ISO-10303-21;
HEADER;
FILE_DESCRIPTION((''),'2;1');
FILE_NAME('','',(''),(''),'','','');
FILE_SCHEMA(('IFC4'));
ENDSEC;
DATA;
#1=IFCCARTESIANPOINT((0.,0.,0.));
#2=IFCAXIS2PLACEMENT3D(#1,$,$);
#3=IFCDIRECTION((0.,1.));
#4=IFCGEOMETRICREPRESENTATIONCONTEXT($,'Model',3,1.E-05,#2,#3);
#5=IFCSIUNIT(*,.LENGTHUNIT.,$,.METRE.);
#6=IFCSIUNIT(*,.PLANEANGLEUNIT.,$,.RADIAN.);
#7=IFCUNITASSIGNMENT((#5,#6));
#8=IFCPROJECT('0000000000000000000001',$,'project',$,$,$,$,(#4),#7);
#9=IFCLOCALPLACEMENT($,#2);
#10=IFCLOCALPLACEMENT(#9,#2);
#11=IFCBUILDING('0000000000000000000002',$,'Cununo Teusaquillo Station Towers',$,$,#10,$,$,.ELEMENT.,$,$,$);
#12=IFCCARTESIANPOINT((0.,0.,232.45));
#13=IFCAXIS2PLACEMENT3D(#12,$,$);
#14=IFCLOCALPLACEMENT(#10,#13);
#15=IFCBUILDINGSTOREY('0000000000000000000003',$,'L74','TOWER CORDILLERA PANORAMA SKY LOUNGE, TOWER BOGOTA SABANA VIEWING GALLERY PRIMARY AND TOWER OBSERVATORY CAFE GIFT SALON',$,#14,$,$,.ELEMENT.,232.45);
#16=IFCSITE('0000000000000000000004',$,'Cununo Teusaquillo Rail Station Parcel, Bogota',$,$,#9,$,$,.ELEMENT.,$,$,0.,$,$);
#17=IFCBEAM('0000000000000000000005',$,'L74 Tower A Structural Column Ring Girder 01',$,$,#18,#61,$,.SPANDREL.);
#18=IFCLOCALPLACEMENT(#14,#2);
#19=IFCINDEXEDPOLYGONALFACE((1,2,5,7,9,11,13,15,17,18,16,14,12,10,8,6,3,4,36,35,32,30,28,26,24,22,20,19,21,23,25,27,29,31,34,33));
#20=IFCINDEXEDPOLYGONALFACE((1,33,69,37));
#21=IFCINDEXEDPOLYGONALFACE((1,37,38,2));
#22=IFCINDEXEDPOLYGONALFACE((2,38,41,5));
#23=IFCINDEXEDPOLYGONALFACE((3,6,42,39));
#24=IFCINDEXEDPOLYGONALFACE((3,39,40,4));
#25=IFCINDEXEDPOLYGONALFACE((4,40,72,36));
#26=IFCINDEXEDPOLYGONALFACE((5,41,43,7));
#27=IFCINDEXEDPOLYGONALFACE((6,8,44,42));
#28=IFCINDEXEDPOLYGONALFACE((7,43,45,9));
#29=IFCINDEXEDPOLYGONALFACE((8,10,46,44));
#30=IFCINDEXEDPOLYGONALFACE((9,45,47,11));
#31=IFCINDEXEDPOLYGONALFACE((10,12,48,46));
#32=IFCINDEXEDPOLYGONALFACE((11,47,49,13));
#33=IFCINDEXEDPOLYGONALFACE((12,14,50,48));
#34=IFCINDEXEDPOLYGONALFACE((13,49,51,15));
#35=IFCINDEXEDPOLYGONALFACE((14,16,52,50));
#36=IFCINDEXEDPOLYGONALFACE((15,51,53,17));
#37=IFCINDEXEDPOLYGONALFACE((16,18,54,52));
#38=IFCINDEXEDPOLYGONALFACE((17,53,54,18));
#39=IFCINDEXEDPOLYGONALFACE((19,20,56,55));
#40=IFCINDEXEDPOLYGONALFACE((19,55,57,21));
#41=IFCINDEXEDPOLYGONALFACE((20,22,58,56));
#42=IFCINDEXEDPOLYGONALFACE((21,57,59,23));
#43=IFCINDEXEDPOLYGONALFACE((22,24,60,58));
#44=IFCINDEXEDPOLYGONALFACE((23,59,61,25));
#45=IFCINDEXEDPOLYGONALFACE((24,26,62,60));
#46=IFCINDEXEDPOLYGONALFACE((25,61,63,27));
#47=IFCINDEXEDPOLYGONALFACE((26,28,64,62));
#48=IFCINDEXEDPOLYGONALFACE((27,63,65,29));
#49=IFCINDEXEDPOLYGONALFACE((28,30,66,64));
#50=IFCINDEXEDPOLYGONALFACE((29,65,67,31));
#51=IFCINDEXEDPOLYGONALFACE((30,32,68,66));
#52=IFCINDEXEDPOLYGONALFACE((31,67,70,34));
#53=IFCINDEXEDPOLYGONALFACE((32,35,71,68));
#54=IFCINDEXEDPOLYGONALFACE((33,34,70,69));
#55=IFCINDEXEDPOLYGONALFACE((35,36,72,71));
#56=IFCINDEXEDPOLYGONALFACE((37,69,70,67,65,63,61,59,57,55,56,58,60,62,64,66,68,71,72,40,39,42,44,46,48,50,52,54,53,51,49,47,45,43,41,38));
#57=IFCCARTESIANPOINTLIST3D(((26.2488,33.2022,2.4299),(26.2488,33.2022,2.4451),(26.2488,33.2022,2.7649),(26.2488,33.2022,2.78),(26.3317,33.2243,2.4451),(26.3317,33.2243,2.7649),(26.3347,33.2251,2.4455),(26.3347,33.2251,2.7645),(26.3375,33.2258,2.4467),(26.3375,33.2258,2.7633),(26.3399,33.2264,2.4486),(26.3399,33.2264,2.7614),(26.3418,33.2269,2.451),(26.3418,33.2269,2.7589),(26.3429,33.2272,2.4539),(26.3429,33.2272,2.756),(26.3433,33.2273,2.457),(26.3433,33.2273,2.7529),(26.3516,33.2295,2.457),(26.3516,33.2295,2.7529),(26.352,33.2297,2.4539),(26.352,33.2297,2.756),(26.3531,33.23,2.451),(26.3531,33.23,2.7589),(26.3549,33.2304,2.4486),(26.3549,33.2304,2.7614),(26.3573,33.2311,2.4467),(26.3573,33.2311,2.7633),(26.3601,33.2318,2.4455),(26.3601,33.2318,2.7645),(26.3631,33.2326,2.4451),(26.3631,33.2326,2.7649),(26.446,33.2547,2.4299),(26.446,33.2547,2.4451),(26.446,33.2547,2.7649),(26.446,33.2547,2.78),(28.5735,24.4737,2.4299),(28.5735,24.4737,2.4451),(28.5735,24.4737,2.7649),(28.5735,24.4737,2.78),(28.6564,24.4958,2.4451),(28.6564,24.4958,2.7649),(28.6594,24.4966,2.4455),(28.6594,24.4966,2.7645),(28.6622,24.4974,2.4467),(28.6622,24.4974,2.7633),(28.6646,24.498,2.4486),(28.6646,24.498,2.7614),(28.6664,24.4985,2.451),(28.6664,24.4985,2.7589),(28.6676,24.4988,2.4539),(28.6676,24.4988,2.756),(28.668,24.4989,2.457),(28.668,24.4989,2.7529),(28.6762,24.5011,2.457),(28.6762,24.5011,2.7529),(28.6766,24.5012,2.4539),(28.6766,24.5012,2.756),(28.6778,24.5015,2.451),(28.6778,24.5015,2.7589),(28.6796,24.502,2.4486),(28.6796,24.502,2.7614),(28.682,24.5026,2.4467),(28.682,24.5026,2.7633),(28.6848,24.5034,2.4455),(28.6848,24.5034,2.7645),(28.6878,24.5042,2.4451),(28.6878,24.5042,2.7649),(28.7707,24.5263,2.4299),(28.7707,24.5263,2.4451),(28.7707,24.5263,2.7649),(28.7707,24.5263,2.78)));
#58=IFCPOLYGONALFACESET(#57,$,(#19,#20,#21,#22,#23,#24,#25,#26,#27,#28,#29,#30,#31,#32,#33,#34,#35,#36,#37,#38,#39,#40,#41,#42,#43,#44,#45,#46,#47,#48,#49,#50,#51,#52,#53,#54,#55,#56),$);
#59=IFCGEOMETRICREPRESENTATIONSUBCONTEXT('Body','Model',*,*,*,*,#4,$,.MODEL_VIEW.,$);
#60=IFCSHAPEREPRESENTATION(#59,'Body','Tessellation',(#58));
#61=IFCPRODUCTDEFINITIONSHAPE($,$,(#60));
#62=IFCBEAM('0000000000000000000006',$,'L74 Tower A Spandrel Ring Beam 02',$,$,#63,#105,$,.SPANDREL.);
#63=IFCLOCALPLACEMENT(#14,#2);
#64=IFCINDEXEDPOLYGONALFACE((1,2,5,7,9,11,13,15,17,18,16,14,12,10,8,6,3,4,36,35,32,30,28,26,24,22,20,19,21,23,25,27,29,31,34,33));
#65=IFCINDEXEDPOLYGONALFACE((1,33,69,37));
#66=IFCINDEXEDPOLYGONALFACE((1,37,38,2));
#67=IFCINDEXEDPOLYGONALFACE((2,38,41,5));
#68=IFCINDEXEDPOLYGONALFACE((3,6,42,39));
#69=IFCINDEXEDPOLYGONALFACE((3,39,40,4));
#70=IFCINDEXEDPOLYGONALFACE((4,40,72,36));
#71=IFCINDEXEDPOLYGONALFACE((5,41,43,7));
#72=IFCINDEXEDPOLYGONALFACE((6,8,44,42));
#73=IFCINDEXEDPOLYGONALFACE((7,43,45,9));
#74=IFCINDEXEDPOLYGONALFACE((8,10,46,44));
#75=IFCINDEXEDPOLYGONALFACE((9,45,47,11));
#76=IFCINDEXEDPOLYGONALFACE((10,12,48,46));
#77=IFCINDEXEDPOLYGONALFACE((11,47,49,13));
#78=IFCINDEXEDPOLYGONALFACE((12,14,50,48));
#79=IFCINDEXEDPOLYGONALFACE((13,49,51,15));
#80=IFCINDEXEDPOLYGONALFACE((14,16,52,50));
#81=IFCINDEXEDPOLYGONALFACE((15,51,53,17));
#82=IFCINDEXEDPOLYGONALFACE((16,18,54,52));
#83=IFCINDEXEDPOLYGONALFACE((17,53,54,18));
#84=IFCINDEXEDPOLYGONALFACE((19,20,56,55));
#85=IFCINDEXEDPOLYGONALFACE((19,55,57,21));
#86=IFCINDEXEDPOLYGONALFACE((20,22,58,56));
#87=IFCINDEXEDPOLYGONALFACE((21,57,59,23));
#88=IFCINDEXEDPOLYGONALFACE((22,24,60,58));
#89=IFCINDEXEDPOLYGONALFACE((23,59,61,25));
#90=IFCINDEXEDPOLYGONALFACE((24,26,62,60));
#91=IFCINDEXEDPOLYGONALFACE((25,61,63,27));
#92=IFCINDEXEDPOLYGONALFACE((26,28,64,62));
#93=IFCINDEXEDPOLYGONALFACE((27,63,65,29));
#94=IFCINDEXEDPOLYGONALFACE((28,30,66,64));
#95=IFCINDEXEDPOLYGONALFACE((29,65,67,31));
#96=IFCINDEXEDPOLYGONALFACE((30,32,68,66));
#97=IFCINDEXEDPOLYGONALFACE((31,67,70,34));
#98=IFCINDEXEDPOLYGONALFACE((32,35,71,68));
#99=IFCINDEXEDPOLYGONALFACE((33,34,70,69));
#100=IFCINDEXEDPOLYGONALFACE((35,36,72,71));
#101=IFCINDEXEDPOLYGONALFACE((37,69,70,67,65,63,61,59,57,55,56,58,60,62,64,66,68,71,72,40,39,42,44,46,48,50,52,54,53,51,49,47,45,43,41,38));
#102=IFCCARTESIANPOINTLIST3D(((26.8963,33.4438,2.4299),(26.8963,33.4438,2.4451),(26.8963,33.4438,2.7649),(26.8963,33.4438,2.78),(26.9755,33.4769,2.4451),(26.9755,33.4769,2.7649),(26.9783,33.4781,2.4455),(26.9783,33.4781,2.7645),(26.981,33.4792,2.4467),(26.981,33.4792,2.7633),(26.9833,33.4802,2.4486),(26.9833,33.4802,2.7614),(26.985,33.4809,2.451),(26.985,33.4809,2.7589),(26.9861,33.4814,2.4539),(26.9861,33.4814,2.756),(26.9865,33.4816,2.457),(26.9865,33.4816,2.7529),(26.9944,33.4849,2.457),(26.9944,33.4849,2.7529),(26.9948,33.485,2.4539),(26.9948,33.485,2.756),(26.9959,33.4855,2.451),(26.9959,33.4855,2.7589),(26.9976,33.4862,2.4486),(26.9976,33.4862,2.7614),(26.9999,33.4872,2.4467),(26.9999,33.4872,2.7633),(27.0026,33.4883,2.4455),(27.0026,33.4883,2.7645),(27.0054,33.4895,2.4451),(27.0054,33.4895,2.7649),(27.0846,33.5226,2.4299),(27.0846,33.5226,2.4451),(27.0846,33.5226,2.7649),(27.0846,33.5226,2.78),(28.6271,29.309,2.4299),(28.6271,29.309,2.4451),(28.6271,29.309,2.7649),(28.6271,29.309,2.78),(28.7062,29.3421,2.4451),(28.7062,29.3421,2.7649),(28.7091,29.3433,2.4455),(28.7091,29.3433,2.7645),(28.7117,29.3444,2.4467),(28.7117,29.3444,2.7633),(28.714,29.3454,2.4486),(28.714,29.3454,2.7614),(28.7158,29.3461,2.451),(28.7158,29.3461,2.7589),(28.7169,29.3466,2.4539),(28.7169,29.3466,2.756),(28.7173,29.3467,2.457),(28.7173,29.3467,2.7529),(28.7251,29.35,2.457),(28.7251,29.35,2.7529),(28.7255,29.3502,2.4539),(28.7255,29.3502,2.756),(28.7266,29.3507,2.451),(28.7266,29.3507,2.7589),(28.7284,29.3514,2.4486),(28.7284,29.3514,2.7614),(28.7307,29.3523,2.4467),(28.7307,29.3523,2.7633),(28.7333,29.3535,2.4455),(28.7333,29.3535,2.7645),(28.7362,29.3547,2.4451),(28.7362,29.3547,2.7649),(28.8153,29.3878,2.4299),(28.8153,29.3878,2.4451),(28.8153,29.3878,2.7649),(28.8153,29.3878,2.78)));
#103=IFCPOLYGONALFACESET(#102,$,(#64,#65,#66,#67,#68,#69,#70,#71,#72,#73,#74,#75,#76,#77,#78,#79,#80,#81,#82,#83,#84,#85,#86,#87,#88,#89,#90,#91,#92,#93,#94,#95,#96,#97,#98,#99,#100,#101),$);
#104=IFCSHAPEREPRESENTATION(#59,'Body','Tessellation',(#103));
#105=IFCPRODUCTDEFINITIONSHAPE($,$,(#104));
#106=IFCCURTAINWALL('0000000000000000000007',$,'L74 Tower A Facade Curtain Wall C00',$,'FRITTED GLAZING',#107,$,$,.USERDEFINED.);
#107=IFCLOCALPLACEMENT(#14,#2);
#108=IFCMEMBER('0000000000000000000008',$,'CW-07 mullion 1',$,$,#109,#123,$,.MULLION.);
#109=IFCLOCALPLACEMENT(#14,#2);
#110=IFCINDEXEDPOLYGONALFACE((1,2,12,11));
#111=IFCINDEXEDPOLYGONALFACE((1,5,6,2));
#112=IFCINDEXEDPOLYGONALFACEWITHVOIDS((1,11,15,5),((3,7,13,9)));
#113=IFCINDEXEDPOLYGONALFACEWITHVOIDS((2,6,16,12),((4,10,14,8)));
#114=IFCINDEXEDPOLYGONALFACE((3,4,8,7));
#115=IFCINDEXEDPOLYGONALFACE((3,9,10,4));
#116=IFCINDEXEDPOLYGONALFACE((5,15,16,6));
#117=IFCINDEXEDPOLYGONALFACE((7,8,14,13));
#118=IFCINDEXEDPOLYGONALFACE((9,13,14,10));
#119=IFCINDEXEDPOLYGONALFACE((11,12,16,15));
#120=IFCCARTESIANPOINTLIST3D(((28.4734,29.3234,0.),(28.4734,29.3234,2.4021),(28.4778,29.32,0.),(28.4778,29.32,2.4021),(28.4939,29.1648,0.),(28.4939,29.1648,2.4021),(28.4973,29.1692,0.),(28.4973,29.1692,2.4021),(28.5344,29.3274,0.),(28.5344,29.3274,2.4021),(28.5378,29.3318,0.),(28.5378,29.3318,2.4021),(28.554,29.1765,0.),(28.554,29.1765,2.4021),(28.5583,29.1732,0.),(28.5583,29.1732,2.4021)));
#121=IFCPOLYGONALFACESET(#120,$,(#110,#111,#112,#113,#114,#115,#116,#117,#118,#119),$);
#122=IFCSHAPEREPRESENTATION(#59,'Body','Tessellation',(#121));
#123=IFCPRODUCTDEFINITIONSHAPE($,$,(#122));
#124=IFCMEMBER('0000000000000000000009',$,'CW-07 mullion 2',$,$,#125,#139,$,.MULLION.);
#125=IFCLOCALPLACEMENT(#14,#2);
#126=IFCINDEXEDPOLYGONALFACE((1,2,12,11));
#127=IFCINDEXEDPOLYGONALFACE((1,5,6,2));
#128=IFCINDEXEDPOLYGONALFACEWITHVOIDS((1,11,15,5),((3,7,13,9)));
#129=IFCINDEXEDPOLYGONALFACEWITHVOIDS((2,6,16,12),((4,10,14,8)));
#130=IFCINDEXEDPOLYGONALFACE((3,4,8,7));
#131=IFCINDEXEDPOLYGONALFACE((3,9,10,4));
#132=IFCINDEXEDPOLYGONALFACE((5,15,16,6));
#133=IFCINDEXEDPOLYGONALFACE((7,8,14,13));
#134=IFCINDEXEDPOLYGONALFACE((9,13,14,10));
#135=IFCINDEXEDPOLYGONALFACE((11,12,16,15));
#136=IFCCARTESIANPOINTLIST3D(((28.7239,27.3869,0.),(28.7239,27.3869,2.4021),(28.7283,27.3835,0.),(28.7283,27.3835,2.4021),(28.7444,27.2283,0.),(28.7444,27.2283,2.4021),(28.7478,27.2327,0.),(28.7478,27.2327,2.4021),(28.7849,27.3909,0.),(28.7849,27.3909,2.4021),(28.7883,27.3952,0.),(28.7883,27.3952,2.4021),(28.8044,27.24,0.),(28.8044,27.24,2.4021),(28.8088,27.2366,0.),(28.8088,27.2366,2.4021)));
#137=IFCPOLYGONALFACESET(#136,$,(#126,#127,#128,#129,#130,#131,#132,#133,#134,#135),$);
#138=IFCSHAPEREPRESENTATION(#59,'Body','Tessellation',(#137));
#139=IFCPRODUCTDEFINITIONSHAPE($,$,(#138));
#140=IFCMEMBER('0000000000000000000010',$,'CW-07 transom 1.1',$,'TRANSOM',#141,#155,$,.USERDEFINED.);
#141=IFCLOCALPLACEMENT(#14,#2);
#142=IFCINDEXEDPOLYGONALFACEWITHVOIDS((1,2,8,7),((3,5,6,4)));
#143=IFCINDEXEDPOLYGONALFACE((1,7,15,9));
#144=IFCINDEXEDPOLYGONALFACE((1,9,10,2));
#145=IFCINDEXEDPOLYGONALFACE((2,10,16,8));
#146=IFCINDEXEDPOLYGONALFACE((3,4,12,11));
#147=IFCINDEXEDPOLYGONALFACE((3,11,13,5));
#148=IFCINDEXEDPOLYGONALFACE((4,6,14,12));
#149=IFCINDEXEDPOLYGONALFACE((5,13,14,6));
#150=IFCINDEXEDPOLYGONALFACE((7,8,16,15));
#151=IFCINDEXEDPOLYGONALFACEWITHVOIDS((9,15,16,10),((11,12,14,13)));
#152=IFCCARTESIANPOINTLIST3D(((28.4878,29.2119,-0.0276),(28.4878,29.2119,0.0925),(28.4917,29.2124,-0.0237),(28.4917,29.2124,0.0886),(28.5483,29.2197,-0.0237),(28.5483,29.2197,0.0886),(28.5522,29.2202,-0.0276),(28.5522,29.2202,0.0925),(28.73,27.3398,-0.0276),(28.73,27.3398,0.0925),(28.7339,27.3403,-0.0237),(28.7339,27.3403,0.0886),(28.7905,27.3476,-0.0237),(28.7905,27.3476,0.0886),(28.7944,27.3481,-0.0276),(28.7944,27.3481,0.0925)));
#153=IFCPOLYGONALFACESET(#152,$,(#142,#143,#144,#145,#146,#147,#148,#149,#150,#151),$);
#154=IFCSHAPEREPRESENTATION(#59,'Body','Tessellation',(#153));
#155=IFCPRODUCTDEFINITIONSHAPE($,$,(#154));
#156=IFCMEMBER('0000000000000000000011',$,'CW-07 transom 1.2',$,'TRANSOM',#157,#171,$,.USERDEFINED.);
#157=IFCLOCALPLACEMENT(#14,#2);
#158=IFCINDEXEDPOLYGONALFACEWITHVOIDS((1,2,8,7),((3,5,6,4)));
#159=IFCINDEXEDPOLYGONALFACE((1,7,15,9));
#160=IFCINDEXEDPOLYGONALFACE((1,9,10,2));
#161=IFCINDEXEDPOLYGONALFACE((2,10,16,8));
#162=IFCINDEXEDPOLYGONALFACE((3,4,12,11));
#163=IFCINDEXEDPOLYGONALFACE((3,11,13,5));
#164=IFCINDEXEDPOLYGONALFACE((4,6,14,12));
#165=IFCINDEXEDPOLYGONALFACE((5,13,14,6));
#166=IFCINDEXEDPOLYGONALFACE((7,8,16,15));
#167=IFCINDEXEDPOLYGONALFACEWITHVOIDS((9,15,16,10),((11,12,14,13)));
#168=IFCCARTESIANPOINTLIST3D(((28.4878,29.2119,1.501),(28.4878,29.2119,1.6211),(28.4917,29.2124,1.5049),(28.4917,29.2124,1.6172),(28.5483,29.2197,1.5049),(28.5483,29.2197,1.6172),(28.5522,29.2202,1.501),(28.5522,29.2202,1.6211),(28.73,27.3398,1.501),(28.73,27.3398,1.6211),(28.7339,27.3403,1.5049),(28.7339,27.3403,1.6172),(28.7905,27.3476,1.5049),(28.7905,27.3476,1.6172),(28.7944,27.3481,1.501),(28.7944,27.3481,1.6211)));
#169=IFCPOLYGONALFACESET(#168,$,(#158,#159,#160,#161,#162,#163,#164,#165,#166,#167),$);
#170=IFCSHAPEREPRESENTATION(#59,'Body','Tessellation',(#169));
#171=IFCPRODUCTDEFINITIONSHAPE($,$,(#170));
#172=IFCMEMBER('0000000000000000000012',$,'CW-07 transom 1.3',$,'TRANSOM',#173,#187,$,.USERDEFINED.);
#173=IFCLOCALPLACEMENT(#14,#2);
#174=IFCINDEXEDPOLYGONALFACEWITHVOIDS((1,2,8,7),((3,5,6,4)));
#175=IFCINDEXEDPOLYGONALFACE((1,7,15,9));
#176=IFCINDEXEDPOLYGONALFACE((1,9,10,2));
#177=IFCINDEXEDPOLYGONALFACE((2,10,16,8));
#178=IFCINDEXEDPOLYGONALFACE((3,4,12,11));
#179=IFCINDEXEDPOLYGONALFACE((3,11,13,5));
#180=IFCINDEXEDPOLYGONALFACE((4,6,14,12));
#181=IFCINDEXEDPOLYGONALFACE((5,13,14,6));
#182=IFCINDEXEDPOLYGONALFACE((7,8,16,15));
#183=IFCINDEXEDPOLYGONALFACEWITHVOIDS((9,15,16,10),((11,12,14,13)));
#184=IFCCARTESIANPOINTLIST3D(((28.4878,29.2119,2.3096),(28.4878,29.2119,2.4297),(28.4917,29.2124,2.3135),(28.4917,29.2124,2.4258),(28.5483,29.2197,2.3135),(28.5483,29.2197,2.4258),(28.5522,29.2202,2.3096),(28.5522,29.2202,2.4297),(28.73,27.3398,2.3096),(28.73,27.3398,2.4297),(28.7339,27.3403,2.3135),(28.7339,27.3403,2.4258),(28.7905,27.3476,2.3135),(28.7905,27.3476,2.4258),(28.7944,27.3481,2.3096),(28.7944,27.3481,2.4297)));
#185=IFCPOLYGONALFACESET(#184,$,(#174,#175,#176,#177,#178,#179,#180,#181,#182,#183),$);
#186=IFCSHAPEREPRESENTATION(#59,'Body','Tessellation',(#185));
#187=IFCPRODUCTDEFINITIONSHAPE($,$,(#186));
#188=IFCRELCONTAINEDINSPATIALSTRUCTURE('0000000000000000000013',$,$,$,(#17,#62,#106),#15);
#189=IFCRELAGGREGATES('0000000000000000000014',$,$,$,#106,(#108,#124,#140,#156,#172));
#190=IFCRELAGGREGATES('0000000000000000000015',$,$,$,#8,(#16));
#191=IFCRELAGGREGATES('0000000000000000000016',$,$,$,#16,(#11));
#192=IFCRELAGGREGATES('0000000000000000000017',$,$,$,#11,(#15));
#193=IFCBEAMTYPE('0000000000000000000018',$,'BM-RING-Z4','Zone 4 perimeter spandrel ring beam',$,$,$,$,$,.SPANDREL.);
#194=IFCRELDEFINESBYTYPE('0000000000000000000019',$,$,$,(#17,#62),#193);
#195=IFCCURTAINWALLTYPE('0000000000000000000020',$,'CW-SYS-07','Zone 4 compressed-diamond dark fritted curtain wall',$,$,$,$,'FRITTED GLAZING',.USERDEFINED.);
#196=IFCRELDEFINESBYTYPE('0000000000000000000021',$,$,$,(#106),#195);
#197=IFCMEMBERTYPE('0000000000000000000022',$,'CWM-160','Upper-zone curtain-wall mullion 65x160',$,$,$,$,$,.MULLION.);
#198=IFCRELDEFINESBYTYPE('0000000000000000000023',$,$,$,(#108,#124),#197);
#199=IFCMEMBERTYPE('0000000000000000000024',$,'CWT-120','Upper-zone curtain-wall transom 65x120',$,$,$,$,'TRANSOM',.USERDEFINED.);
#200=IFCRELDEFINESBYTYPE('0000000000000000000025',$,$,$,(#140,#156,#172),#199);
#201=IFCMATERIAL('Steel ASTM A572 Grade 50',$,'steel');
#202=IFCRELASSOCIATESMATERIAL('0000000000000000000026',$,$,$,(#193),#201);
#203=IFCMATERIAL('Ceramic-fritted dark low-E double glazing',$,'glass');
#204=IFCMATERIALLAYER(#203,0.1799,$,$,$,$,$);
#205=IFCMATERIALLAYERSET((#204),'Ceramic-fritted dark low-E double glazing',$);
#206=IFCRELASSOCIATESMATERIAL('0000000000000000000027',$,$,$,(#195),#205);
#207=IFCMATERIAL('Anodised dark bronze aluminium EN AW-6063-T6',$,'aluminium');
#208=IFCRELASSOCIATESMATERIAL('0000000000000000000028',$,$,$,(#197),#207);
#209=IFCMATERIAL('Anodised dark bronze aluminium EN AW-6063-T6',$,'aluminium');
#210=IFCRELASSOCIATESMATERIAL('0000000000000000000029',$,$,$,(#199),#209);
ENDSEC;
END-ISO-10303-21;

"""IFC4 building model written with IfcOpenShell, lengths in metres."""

from ifc_helpers import new_model, si_unit, direction, frame, origin, origin_2d, place, context, subcontext, project, spatial, hollow_rectangle, i_section, extrude, material, layer, layer_set, material_profile, profile_set, type_object, element, aggregate, save


model = new_model("IFC4")

# Units and contexts
model_context = context("Model", 3, precision=1e-05, world=origin(), true_north=direction((0.0, 1.0)))
body_context = subcontext(model_context, "Body", "Model", "MODEL_VIEW")
ifc_project = project(units=[si_unit("LENGTHUNIT", "METRE"), si_unit("PLANEANGLEUNIT", "RADIAN")], contexts=[model_context])

# Site, building, storey
site_placement = place(None, origin())
site = spatial("IfcSite", under=ifc_project, at=site_placement, Name="Cununo Teusaquillo Rail Station Parcel, Bogota", CompositionType="ELEMENT", RefElevation=0.0)
building_placement = place(site_placement, origin())
building = spatial("IfcBuilding", under=site, at=building_placement, Name="Cununo Teusaquillo Station Towers", CompositionType="ELEMENT")
storey_placement = place(building_placement, frame((0.0, 0.0, 232.45)))
storey = spatial("IfcBuildingStorey", under=building, at=storey_placement, Name="L74", Description="TOWER CORDILLERA PANORAMA SKY LOUNGE, TOWER BOGOTA SABANA VIEWING GALLERY PRIMARY AND TOWER OBSERVATORY CAFE GIFT SALON", CompositionType="ELEMENT", Elevation=232.45)

# Beams
ifc_material_1 = material(Name="Steel ASTM A572 Grade 50", Category="steel")
ifc_material_profile_1 = material_profile(ifc_material_1, i_section(OverallWidth=0.2041, OverallDepth=0.3501, WebThickness=0.0085, FlangeThickness=0.0151, FilletRadius=0.012, at=origin_2d()), Name="W14X48")
ifc_profile_set_1 = profile_set([ifc_material_profile_1], Name="Steel ASTM A572 Grade 50")
beam_type_1 = type_object("IfcBeamType", Name="BM-RING-Z4", Description="Zone 4 perimeter spandrel ring beam", PredefinedType="SPANDREL", material=ifc_profile_set_1)
beam_1_placement = place(storey_placement, frame((28.6721, 24.5, 2.605), z_axis=(-0.257363, 0.966315, 0.0), x_axis=(-0.966315, -0.257363, 0.0)))
element("IfcBeam", 1, at=beam_1_placement, inside=storey, type_object=beam_type_1, Name="L74 Tower A Structural Column Ring Girder 01", PredefinedType="SPANDREL", context=body_context, shape_type="SweptSolid", body=[
    extrude(i_section(OverallWidth=0.2041, OverallDepth=0.3501, WebThickness=0.0085, FlangeThickness=0.0151, FilletRadius=0.012, at=origin_2d()), origin(), (0.0, 0.0, 1.0), 9.0327),
])
beam_2_placement = place(storey_placement, frame((28.7212, 29.3484, 2.605), z_axis=(-0.386115, 0.92245, 0.0), x_axis=(-0.92245, -0.386115, 0.0)))
element("IfcBeam", 2, at=beam_2_placement, inside=storey, type_object=beam_type_1, Name="L74 Tower A Spandrel Ring Beam 02", PredefinedType="SPANDREL", context=body_context, shape_type="SweptSolid", body=[
    extrude(i_section(OverallWidth=0.2041, OverallDepth=0.3501, WebThickness=0.0085, FlangeThickness=0.0151, FilletRadius=0.012, at=origin_2d()), origin(), (0.0, 0.0, 1.0), 4.4824),
])

# Curtain wall, members
ifc_material_2 = material(Name="Ceramic-fritted dark low-E double glazing", Category="glass")
ifc_layer_1 = layer(ifc_material_2, 0.1799)
ifc_layer_set_1 = layer_set([ifc_layer_1], Name="Ceramic-fritted dark low-E double glazing")
curtain_wall_type = type_object("IfcCurtainWallType", Name="CW-SYS-07", Description="Zone 4 compressed-diamond dark fritted curtain wall", ElementType="FRITTED GLAZING", PredefinedType="USERDEFINED", material=ifc_layer_set_1)
curtain_wall_placement = place(storey_placement, origin())
curtain_wall = element("IfcCurtainWall", 3, at=curtain_wall_placement, inside=storey, type_object=curtain_wall_type, Name="L74 Tower A Facade Curtain Wall C00", ObjectType="FRITTED GLAZING", PredefinedType="USERDEFINED")
ifc_material_3 = material(Name="Anodised dark bronze aluminium EN AW-6063-T6", Category="aluminium")
ifc_material_profile_2 = material_profile(ifc_material_3, hollow_rectangle(XDim=0.0649, YDim=0.1599, WallThickness=0.0039, at=origin_2d()), Name="CW-MULL-65x160")
ifc_profile_set_2 = profile_set([ifc_material_profile_2], Name="Anodised dark bronze aluminium EN AW-6063-T6")
member_type_1 = type_object("IfcMemberType", Name="CWM-160", Description="Upper-zone curtain-wall mullion 65x160", PredefinedType="MULLION", material=ifc_profile_set_2)
member_1_placement = place(storey_placement, frame((28.5159, 29.2483, 0.0), z_axis=(0.0, 0.0, 1.0), x_axis=(0.991742, 0.128253, 0.0)))
member_1 = element("IfcMember", 4, at=member_1_placement, type_object=member_type_1, Name="CW-07 mullion 1", PredefinedType="MULLION", context=body_context, shape_type="SweptSolid", body=[
    extrude(hollow_rectangle(XDim=0.0649, YDim=0.1599, WallThickness=0.0039, at=origin_2d()), origin(), (0.0, 0.0, 1.0), 2.4021),
])
member_2_placement = place(storey_placement, frame((28.7664, 27.3118, 0.0), z_axis=(0.0, 0.0, 1.0), x_axis=(0.991742, 0.128253, 0.0)))
member_2 = element("IfcMember", 5, at=member_2_placement, type_object=member_type_1, Name="CW-07 mullion 2", PredefinedType="MULLION", context=body_context, shape_type="SweptSolid", body=[
    extrude(hollow_rectangle(XDim=0.0649, YDim=0.1599, WallThickness=0.0039, at=origin_2d()), origin(), (0.0, 0.0, 1.0), 2.4021),
])
ifc_material_4 = material(Name="Anodised dark bronze aluminium EN AW-6063-T6", Category="aluminium")
ifc_material_profile_3 = material_profile(ifc_material_4, hollow_rectangle(XDim=0.0649, YDim=0.1201, WallThickness=0.0039, at=origin_2d()), Name="CW-TRAN-65x120")
ifc_profile_set_3 = profile_set([ifc_material_profile_3], Name="Anodised dark bronze aluminium EN AW-6063-T6")
member_type_2 = type_object("IfcMemberType", Name="CWT-120", Description="Upper-zone curtain-wall transom 65x120", ElementType="TRANSOM", PredefinedType="USERDEFINED", material=ifc_profile_set_3)
member_3_placement = place(storey_placement, frame((28.52, 29.2161, 0.0325), z_axis=(0.1283, -0.991735, 0.0), x_axis=(0.991735, 0.1283, 0.0)))
member_3 = element("IfcMember", 6, at=member_3_placement, type_object=member_type_2, Name="CW-07 transom 1.1", ObjectType="TRANSOM", PredefinedType="USERDEFINED", context=body_context, shape_type="SweptSolid", body=[
    extrude(hollow_rectangle(XDim=0.0649, YDim=0.1201, WallThickness=0.0039, at=origin_2d()), origin(), (0.0, 0.0, 1.0), 1.8877),
])
member_4_placement = place(storey_placement, frame((28.52, 29.2161, 1.561), z_axis=(0.1283, -0.991735, 0.0), x_axis=(0.991735, 0.1283, 0.0)))
member_4 = element("IfcMember", 7, at=member_4_placement, type_object=member_type_2, Name="CW-07 transom 1.2", ObjectType="TRANSOM", PredefinedType="USERDEFINED", context=body_context, shape_type="SweptSolid", body=[
    extrude(hollow_rectangle(XDim=0.0649, YDim=0.1201, WallThickness=0.0039, at=origin_2d()), origin(), (0.0, 0.0, 1.0), 1.8877),
])
member_5_placement = place(storey_placement, frame((28.52, 29.2161, 2.3696), z_axis=(0.1283, -0.991735, 0.0), x_axis=(0.991735, 0.1283, 0.0)))
member_5 = element("IfcMember", 8, at=member_5_placement, type_object=member_type_2, Name="CW-07 transom 1.3", ObjectType="TRANSOM", PredefinedType="USERDEFINED", context=body_context, shape_type="SweptSolid", body=[
    extrude(hollow_rectangle(XDim=0.0649, YDim=0.1201, WallThickness=0.0039, at=origin_2d()), origin(), (0.0, 0.0, 1.0), 1.8877),
])
aggregate(curtain_wall, [member_1, member_2, member_3, member_4, member_5])

save(model, "model.ifc")
